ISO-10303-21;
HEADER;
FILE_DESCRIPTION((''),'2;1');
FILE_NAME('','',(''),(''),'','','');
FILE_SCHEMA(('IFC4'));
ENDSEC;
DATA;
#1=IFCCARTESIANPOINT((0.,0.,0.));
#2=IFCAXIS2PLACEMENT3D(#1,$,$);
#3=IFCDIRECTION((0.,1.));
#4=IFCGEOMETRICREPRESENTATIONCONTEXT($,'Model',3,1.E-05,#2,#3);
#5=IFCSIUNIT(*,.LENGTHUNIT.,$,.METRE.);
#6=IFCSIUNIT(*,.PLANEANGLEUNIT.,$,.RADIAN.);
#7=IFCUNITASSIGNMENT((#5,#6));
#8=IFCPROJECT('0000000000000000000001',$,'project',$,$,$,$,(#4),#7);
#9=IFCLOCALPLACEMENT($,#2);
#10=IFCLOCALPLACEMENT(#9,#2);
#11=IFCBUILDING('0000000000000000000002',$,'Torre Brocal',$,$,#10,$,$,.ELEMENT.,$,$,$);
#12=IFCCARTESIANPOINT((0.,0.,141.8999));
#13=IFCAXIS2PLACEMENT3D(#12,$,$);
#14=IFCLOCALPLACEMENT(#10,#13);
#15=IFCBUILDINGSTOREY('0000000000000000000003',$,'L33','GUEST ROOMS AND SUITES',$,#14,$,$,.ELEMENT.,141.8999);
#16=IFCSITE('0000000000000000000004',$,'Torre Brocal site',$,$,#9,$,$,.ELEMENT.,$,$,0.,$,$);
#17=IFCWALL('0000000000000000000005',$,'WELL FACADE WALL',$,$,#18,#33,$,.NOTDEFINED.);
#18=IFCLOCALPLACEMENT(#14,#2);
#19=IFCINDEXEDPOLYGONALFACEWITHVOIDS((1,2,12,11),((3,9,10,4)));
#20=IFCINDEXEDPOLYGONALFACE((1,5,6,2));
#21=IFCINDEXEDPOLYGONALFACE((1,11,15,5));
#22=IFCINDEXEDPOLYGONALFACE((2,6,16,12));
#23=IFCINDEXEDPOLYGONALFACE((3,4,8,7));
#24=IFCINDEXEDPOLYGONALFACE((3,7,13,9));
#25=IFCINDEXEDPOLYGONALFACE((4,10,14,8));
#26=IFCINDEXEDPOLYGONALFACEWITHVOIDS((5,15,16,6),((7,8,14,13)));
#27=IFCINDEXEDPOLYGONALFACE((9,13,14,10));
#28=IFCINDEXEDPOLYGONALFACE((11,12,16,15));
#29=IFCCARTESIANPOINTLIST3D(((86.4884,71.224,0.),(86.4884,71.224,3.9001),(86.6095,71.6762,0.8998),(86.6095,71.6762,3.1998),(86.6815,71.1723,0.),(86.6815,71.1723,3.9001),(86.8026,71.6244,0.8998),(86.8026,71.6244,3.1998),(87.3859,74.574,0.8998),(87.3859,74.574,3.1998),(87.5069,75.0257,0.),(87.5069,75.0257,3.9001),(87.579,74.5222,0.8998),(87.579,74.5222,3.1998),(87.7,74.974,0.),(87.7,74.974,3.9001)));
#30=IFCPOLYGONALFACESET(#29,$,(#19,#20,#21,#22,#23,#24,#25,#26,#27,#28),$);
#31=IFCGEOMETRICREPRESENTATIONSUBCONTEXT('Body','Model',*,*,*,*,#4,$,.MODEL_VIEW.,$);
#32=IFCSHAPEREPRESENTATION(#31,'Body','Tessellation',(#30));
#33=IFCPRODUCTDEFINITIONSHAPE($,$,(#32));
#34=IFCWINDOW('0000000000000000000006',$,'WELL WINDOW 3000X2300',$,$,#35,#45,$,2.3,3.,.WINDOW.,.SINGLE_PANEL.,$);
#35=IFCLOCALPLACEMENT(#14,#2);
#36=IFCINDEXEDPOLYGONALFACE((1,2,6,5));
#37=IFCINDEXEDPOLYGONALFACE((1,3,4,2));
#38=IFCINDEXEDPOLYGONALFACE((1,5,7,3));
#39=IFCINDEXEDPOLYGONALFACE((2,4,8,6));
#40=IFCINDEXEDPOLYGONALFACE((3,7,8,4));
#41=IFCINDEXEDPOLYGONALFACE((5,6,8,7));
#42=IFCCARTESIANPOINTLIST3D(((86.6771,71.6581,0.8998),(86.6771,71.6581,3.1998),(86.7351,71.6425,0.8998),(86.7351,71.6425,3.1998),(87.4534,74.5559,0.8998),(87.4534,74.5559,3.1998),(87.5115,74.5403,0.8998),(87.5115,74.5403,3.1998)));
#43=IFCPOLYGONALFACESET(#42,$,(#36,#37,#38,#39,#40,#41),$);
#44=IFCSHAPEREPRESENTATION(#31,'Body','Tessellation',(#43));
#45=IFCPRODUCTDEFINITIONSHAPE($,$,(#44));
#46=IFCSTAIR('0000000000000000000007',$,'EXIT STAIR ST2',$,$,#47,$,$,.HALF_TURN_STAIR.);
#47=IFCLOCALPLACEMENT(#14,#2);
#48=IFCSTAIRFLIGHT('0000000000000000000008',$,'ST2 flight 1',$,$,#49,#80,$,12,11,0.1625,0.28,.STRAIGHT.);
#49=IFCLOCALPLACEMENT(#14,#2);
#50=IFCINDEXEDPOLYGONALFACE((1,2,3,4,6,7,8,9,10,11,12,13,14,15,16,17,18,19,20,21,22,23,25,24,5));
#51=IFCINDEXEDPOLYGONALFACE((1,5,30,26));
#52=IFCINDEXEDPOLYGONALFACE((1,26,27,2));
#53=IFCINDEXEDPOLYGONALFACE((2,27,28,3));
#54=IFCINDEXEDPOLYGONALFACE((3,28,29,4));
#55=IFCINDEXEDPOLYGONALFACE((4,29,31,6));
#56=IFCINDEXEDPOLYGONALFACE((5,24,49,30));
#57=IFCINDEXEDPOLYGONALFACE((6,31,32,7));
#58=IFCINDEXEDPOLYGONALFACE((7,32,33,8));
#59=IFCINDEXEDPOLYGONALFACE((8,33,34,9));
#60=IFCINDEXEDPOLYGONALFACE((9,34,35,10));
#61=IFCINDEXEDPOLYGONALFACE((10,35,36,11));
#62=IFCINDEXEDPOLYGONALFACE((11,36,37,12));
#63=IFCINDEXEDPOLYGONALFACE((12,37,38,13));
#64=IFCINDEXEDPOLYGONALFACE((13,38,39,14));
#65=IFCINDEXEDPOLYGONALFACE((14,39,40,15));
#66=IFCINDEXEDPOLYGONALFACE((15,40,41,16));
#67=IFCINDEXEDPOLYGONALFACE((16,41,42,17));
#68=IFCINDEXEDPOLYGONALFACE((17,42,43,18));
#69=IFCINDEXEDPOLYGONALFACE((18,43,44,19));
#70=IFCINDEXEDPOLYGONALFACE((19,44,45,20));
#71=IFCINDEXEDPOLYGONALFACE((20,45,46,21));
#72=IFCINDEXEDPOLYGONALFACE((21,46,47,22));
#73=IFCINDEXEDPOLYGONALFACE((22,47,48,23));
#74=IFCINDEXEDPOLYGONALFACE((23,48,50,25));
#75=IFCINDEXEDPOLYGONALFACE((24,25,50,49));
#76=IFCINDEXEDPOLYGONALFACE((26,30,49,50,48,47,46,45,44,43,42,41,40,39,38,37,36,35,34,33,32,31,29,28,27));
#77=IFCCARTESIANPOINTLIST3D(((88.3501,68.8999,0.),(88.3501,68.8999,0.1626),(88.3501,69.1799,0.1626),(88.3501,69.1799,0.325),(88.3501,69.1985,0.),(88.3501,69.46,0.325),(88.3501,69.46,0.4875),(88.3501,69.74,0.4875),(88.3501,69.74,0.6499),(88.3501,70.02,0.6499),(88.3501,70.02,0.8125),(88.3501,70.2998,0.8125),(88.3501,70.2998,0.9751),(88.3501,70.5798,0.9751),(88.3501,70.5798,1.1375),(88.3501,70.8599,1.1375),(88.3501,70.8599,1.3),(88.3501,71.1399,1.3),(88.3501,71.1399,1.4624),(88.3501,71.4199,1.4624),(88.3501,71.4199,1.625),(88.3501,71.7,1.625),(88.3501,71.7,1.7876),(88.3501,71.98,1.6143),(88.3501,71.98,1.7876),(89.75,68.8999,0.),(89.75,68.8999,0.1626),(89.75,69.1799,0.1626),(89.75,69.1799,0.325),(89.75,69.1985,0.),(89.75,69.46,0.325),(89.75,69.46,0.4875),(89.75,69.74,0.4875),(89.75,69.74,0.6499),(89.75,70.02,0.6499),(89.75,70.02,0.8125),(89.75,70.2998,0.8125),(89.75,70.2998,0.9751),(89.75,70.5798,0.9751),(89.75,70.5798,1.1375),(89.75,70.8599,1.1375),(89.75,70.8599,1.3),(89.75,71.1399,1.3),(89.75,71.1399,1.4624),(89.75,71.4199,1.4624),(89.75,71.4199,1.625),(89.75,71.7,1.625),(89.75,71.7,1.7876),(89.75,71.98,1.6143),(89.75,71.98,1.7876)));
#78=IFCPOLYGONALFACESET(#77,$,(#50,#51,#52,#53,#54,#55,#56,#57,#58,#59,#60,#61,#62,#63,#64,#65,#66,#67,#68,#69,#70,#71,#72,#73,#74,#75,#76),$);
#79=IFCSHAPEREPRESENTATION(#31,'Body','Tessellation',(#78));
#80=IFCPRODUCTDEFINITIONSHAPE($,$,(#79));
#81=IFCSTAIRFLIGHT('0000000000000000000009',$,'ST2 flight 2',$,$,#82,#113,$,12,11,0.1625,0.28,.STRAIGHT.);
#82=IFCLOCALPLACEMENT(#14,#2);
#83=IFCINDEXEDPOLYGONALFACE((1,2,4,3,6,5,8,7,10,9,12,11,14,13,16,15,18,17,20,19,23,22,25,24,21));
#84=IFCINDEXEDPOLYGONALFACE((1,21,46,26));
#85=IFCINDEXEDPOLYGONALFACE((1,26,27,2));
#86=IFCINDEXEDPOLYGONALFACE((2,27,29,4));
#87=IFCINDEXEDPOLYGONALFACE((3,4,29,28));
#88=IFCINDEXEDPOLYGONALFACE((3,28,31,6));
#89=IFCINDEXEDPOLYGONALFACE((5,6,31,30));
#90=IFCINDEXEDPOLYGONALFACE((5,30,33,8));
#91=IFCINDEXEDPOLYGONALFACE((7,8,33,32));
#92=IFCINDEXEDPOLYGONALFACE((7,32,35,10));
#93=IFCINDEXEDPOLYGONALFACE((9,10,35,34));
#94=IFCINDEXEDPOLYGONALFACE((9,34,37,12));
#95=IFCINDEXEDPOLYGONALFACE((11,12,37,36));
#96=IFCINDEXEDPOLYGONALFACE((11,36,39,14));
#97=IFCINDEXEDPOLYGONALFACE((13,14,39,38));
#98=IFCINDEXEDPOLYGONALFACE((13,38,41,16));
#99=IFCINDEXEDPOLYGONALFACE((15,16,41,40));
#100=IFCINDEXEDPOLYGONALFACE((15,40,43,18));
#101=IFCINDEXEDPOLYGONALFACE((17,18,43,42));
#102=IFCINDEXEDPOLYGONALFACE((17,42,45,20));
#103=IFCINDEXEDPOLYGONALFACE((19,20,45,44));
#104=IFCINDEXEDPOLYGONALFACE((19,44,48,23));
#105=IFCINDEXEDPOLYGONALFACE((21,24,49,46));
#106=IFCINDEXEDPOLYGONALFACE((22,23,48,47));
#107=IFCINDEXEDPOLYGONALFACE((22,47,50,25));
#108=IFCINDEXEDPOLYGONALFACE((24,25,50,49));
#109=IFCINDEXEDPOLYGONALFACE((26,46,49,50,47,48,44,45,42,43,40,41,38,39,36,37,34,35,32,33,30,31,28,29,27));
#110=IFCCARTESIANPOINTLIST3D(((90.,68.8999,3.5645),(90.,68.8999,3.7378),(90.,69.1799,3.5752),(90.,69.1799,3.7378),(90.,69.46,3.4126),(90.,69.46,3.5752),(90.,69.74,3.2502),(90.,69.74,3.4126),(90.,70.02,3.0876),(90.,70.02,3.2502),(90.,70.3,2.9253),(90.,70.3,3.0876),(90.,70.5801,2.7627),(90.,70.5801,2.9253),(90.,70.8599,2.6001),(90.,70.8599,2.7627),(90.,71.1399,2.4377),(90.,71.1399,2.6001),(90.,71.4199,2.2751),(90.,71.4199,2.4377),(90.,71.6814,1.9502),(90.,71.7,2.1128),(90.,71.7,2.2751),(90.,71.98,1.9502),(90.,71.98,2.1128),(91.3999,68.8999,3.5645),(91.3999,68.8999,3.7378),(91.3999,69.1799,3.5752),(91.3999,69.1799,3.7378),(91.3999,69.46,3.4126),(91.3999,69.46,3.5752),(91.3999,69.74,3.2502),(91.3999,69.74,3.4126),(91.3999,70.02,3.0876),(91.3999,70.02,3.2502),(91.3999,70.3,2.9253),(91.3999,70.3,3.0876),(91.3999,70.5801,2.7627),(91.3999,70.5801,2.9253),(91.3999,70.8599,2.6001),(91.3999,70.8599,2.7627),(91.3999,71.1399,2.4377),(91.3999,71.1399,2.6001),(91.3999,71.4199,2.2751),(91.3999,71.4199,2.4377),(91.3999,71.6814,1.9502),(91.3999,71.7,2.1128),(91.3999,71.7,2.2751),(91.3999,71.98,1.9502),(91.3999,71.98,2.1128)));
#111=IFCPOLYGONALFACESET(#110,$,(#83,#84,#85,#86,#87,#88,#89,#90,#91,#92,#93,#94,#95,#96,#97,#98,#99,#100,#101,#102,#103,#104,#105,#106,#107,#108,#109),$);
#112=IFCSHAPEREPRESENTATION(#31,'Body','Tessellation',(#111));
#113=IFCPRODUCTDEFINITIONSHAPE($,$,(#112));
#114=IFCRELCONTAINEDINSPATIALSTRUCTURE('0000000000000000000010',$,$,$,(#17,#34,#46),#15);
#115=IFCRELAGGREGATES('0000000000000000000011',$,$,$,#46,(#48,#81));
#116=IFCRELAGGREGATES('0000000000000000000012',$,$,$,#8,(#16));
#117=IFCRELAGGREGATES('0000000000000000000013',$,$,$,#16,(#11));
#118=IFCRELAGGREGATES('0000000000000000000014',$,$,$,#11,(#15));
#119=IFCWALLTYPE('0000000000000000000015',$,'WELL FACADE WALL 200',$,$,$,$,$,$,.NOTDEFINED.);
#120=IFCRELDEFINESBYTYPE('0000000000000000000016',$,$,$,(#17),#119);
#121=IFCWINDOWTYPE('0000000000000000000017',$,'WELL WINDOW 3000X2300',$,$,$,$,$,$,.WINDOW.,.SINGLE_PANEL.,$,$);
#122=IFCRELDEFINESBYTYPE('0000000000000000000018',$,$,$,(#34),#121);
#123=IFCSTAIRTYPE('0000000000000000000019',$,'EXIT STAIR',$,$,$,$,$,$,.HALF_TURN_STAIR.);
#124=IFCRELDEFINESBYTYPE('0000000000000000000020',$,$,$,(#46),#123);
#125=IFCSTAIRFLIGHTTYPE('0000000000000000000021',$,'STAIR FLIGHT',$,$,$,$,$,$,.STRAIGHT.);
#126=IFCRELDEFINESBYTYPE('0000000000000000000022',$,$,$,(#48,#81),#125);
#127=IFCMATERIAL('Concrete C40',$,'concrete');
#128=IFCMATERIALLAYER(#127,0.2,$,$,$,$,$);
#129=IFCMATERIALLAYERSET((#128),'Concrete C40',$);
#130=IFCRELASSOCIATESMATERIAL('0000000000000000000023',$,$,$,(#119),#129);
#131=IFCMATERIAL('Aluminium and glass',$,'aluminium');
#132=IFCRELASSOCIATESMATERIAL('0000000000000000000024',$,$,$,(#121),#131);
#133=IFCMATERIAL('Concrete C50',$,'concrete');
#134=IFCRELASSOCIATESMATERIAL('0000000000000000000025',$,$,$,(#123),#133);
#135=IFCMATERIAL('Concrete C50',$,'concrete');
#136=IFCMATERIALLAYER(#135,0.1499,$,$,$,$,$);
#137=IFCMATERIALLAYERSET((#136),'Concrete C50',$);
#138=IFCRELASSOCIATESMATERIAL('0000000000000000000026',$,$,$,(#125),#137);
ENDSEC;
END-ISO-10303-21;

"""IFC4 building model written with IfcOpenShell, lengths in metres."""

from ifc_helpers import new_model, si_unit, direction, frame, frame_2d, origin, place, context, subcontext, project, spatial, polyline, rectangle, outline, extrude, material, layer, layer_set, type_object, element, fill, aggregate, save


model = new_model("IFC4")

# Units and contexts
model_context = context("Model", 3, precision=1e-05, world=origin(), true_north=direction((0.0, 1.0)))
body_context = subcontext(model_context, "Body", "Model", "MODEL_VIEW")
ifc_project = project(units=[si_unit("LENGTHUNIT", "METRE"), si_unit("PLANEANGLEUNIT", "RADIAN")], contexts=[model_context])

# Site, building, storey
site_placement = place(None, origin())
site = spatial("IfcSite", under=ifc_project, at=site_placement, Name="Torre Brocal site", CompositionType="ELEMENT", RefElevation=0.0)
building_placement = place(site_placement, origin())
building = spatial("IfcBuilding", under=site, at=building_placement, Name="Torre Brocal", CompositionType="ELEMENT")
storey_placement = place(building_placement, frame((0.0, 0.0, 141.8999)))
storey = spatial("IfcBuildingStorey", under=building, at=storey_placement, Name="L33", Description="GUEST ROOMS AND SUITES", CompositionType="ELEMENT", Elevation=141.8999)

# Wall, opening, window
ifc_material_1 = material(Name="Concrete C40", Category="concrete")
ifc_layer_1 = layer(ifc_material_1, 0.2)
ifc_layer_set_1 = layer_set([ifc_layer_1], Name="Concrete C40")
wall_type_1 = type_object("IfcWallType", Name="WELL FACADE WALL 200", PredefinedType="NOTDEFINED", material=ifc_layer_set_1)
ifc_material_2 = material(Name="Aluminium and glass", Category="aluminium")
window_type = type_object("IfcWindowType", Name="WELL WINDOW 3000X2300", PartitioningType="SINGLE_PANEL", PredefinedType="WINDOW", material=ifc_material_2)
wall_1_placement = place(storey_placement, frame((86.585, 71.1982, 0.0), z_axis=(0.0, 0.0, 1.0), x_axis=(0.25879, 0.965934, 0.0)))
wall_1 = element("IfcWall", 1, at=wall_1_placement, inside=storey, type_object=wall_type_1, Name="WELL FACADE WALL", PredefinedType="NOTDEFINED", context=body_context, shape_type="SweptSolid", body=[
    extrude(rectangle(XDim=3.9358, YDim=0.2, at=frame_2d((1.9678, 0.0))), origin(), (0.0, 0.0, 1.0), 3.9001),
])
opening_1_placement = place(wall_1_placement, frame((0.468, 0.0, 0.8999)))
opening_1 = element("IfcOpeningElement", 2, at=opening_1_placement, cuts=wall_1, PredefinedType="OPENING", context=body_context, shape_type="SweptSolid", body=[
    extrude(rectangle(XDim=3.0, YDim=2.3, at=frame_2d((1.5, 1.1499))), frame((0.0, 0.1099, 0.0), z_axis=(0.0, -1.0, 0.0), x_axis=(1.0, 0.0, 0.0)), (0.0, 0.0, 1.0), 0.22),
])
window_1_placement = place(opening_1_placement, origin())
window_1 = element("IfcWindow", 3, at=window_1_placement, inside=storey, type_object=window_type, Name="WELL WINDOW 3000X2300", OverallHeight=2.3, OverallWidth=3.0, PartitioningType="SINGLE_PANEL", PredefinedType="WINDOW", context=body_context, shape_type="SweptSolid", body=[
    extrude(rectangle(XDim=3.0, YDim=2.3, at=frame_2d((1.5, 1.1499))), frame((0.0, 0.03, 0.0), z_axis=(0.0, -1.0, 0.0), x_axis=(1.0, 0.0, 0.0)), (0.0, 0.0, 1.0), 0.0601),
])
fill(opening_1, window_1)

# Stair, stair flights
ifc_material_3 = material(Name="Concrete C50", Category="concrete")
stair_type = type_object("IfcStairType", Name="EXIT STAIR", PredefinedType="HALF_TURN_STAIR", material=ifc_material_3)
stair_placement = place(storey_placement, origin())
stair = element("IfcStair", 4, at=stair_placement, inside=storey, type_object=stair_type, Name="EXIT STAIR ST2", PredefinedType="HALF_TURN_STAIR")
ifc_material_4 = material(Name="Concrete C50", Category="concrete")
ifc_layer_2 = layer(ifc_material_4, 0.1499)
ifc_layer_set_2 = layer_set([ifc_layer_2], Name="Concrete C50")
stair_flight_type = type_object("IfcStairFlightType", Name="STAIR FLIGHT", PredefinedType="STRAIGHT", material=ifc_layer_set_2)
stair_flight_1_placement = place(storey_placement, frame((89.05, 68.8999, 0.0), z_axis=(0.0, 0.0, 1.0), x_axis=(0.0, 1.0, 0.0)))
stair_flight_1 = element("IfcStairFlight", 5, at=stair_flight_1_placement, type_object=stair_flight_type, Name="ST2 flight 1", NumberOfRisers=12, NumberOfTreads=11, PredefinedType="STRAIGHT", RiserHeight=0.1625, TreadLength=0.28, context=body_context, shape_type="SweptSolid", body=[
    extrude(outline(polyline([(0.0, 0.0), (0.0, 0.1626), (0.28, 0.1626), (0.28, 0.325), (0.5601, 0.325), (0.5601, 0.4875), (0.8401, 0.4875), (0.8401, 0.6499), (1.1201, 0.6499), (1.1201, 0.8125), (1.3999, 0.8125), (1.3999, 0.9751), (1.6799, 0.9751), (1.6799, 1.1375), (1.96, 1.1375), (1.96, 1.3), (2.24, 1.3), (2.24, 1.4624), (2.52, 1.4624), (2.52, 1.625), (2.8, 1.625), (2.8, 1.7876), (3.0801, 1.7876), (3.0801, 1.95), (3.0801, 1.6143), (0.2986, 0.0), (0.0, 0.0)])), frame((0.0, 0.7, 0.0), z_axis=(0.0, -1.0, 0.0), x_axis=(1.0, 0.0, 0.0)), (0.0, 0.0, 1.0), 1.3999),
])
stair_flight_2_placement = place(storey_placement, frame((90.7, 71.98, 1.9502), z_axis=(0.0, 0.0, 1.0), x_axis=(0.0, -1.0, 0.0)))
stair_flight_2 = element("IfcStairFlight", 6, at=stair_flight_2_placement, type_object=stair_flight_type, Name="ST2 flight 2", NumberOfRisers=12, NumberOfTreads=11, PredefinedType="STRAIGHT", RiserHeight=0.1625, TreadLength=0.28, context=body_context, shape_type="SweptSolid", body=[
    extrude(outline(polyline([(0.0, 0.0), (0.0, 0.1626), (0.28, 0.1626), (0.28, 0.325), (0.5601, 0.325), (0.5601, 0.4875), (0.8401, 0.4875), (0.8401, 0.6499), (1.1201, 0.6499), (1.1201, 0.8125), (1.3999, 0.8125), (1.3999, 0.9751), (1.6799, 0.9751), (1.6799, 1.1375), (1.96, 1.1375), (1.96, 1.3), (2.24, 1.3), (2.24, 1.4624), (2.52, 1.4624), (2.52, 1.625), (2.8, 1.625), (2.8, 1.7876), (3.0801, 1.7876), (3.0801, 1.95), (3.0801, 1.6143), (0.2986, 0.0), (0.0, 0.0)])), frame((0.0, 0.7, 0.0), z_axis=(0.0, -1.0, 0.0), x_axis=(1.0, 0.0, 0.0)), (0.0, 0.0, 1.0), 1.3999),
])
aggregate(stair, [stair_flight_1, stair_flight_2])

save(model, "model.ifc")
